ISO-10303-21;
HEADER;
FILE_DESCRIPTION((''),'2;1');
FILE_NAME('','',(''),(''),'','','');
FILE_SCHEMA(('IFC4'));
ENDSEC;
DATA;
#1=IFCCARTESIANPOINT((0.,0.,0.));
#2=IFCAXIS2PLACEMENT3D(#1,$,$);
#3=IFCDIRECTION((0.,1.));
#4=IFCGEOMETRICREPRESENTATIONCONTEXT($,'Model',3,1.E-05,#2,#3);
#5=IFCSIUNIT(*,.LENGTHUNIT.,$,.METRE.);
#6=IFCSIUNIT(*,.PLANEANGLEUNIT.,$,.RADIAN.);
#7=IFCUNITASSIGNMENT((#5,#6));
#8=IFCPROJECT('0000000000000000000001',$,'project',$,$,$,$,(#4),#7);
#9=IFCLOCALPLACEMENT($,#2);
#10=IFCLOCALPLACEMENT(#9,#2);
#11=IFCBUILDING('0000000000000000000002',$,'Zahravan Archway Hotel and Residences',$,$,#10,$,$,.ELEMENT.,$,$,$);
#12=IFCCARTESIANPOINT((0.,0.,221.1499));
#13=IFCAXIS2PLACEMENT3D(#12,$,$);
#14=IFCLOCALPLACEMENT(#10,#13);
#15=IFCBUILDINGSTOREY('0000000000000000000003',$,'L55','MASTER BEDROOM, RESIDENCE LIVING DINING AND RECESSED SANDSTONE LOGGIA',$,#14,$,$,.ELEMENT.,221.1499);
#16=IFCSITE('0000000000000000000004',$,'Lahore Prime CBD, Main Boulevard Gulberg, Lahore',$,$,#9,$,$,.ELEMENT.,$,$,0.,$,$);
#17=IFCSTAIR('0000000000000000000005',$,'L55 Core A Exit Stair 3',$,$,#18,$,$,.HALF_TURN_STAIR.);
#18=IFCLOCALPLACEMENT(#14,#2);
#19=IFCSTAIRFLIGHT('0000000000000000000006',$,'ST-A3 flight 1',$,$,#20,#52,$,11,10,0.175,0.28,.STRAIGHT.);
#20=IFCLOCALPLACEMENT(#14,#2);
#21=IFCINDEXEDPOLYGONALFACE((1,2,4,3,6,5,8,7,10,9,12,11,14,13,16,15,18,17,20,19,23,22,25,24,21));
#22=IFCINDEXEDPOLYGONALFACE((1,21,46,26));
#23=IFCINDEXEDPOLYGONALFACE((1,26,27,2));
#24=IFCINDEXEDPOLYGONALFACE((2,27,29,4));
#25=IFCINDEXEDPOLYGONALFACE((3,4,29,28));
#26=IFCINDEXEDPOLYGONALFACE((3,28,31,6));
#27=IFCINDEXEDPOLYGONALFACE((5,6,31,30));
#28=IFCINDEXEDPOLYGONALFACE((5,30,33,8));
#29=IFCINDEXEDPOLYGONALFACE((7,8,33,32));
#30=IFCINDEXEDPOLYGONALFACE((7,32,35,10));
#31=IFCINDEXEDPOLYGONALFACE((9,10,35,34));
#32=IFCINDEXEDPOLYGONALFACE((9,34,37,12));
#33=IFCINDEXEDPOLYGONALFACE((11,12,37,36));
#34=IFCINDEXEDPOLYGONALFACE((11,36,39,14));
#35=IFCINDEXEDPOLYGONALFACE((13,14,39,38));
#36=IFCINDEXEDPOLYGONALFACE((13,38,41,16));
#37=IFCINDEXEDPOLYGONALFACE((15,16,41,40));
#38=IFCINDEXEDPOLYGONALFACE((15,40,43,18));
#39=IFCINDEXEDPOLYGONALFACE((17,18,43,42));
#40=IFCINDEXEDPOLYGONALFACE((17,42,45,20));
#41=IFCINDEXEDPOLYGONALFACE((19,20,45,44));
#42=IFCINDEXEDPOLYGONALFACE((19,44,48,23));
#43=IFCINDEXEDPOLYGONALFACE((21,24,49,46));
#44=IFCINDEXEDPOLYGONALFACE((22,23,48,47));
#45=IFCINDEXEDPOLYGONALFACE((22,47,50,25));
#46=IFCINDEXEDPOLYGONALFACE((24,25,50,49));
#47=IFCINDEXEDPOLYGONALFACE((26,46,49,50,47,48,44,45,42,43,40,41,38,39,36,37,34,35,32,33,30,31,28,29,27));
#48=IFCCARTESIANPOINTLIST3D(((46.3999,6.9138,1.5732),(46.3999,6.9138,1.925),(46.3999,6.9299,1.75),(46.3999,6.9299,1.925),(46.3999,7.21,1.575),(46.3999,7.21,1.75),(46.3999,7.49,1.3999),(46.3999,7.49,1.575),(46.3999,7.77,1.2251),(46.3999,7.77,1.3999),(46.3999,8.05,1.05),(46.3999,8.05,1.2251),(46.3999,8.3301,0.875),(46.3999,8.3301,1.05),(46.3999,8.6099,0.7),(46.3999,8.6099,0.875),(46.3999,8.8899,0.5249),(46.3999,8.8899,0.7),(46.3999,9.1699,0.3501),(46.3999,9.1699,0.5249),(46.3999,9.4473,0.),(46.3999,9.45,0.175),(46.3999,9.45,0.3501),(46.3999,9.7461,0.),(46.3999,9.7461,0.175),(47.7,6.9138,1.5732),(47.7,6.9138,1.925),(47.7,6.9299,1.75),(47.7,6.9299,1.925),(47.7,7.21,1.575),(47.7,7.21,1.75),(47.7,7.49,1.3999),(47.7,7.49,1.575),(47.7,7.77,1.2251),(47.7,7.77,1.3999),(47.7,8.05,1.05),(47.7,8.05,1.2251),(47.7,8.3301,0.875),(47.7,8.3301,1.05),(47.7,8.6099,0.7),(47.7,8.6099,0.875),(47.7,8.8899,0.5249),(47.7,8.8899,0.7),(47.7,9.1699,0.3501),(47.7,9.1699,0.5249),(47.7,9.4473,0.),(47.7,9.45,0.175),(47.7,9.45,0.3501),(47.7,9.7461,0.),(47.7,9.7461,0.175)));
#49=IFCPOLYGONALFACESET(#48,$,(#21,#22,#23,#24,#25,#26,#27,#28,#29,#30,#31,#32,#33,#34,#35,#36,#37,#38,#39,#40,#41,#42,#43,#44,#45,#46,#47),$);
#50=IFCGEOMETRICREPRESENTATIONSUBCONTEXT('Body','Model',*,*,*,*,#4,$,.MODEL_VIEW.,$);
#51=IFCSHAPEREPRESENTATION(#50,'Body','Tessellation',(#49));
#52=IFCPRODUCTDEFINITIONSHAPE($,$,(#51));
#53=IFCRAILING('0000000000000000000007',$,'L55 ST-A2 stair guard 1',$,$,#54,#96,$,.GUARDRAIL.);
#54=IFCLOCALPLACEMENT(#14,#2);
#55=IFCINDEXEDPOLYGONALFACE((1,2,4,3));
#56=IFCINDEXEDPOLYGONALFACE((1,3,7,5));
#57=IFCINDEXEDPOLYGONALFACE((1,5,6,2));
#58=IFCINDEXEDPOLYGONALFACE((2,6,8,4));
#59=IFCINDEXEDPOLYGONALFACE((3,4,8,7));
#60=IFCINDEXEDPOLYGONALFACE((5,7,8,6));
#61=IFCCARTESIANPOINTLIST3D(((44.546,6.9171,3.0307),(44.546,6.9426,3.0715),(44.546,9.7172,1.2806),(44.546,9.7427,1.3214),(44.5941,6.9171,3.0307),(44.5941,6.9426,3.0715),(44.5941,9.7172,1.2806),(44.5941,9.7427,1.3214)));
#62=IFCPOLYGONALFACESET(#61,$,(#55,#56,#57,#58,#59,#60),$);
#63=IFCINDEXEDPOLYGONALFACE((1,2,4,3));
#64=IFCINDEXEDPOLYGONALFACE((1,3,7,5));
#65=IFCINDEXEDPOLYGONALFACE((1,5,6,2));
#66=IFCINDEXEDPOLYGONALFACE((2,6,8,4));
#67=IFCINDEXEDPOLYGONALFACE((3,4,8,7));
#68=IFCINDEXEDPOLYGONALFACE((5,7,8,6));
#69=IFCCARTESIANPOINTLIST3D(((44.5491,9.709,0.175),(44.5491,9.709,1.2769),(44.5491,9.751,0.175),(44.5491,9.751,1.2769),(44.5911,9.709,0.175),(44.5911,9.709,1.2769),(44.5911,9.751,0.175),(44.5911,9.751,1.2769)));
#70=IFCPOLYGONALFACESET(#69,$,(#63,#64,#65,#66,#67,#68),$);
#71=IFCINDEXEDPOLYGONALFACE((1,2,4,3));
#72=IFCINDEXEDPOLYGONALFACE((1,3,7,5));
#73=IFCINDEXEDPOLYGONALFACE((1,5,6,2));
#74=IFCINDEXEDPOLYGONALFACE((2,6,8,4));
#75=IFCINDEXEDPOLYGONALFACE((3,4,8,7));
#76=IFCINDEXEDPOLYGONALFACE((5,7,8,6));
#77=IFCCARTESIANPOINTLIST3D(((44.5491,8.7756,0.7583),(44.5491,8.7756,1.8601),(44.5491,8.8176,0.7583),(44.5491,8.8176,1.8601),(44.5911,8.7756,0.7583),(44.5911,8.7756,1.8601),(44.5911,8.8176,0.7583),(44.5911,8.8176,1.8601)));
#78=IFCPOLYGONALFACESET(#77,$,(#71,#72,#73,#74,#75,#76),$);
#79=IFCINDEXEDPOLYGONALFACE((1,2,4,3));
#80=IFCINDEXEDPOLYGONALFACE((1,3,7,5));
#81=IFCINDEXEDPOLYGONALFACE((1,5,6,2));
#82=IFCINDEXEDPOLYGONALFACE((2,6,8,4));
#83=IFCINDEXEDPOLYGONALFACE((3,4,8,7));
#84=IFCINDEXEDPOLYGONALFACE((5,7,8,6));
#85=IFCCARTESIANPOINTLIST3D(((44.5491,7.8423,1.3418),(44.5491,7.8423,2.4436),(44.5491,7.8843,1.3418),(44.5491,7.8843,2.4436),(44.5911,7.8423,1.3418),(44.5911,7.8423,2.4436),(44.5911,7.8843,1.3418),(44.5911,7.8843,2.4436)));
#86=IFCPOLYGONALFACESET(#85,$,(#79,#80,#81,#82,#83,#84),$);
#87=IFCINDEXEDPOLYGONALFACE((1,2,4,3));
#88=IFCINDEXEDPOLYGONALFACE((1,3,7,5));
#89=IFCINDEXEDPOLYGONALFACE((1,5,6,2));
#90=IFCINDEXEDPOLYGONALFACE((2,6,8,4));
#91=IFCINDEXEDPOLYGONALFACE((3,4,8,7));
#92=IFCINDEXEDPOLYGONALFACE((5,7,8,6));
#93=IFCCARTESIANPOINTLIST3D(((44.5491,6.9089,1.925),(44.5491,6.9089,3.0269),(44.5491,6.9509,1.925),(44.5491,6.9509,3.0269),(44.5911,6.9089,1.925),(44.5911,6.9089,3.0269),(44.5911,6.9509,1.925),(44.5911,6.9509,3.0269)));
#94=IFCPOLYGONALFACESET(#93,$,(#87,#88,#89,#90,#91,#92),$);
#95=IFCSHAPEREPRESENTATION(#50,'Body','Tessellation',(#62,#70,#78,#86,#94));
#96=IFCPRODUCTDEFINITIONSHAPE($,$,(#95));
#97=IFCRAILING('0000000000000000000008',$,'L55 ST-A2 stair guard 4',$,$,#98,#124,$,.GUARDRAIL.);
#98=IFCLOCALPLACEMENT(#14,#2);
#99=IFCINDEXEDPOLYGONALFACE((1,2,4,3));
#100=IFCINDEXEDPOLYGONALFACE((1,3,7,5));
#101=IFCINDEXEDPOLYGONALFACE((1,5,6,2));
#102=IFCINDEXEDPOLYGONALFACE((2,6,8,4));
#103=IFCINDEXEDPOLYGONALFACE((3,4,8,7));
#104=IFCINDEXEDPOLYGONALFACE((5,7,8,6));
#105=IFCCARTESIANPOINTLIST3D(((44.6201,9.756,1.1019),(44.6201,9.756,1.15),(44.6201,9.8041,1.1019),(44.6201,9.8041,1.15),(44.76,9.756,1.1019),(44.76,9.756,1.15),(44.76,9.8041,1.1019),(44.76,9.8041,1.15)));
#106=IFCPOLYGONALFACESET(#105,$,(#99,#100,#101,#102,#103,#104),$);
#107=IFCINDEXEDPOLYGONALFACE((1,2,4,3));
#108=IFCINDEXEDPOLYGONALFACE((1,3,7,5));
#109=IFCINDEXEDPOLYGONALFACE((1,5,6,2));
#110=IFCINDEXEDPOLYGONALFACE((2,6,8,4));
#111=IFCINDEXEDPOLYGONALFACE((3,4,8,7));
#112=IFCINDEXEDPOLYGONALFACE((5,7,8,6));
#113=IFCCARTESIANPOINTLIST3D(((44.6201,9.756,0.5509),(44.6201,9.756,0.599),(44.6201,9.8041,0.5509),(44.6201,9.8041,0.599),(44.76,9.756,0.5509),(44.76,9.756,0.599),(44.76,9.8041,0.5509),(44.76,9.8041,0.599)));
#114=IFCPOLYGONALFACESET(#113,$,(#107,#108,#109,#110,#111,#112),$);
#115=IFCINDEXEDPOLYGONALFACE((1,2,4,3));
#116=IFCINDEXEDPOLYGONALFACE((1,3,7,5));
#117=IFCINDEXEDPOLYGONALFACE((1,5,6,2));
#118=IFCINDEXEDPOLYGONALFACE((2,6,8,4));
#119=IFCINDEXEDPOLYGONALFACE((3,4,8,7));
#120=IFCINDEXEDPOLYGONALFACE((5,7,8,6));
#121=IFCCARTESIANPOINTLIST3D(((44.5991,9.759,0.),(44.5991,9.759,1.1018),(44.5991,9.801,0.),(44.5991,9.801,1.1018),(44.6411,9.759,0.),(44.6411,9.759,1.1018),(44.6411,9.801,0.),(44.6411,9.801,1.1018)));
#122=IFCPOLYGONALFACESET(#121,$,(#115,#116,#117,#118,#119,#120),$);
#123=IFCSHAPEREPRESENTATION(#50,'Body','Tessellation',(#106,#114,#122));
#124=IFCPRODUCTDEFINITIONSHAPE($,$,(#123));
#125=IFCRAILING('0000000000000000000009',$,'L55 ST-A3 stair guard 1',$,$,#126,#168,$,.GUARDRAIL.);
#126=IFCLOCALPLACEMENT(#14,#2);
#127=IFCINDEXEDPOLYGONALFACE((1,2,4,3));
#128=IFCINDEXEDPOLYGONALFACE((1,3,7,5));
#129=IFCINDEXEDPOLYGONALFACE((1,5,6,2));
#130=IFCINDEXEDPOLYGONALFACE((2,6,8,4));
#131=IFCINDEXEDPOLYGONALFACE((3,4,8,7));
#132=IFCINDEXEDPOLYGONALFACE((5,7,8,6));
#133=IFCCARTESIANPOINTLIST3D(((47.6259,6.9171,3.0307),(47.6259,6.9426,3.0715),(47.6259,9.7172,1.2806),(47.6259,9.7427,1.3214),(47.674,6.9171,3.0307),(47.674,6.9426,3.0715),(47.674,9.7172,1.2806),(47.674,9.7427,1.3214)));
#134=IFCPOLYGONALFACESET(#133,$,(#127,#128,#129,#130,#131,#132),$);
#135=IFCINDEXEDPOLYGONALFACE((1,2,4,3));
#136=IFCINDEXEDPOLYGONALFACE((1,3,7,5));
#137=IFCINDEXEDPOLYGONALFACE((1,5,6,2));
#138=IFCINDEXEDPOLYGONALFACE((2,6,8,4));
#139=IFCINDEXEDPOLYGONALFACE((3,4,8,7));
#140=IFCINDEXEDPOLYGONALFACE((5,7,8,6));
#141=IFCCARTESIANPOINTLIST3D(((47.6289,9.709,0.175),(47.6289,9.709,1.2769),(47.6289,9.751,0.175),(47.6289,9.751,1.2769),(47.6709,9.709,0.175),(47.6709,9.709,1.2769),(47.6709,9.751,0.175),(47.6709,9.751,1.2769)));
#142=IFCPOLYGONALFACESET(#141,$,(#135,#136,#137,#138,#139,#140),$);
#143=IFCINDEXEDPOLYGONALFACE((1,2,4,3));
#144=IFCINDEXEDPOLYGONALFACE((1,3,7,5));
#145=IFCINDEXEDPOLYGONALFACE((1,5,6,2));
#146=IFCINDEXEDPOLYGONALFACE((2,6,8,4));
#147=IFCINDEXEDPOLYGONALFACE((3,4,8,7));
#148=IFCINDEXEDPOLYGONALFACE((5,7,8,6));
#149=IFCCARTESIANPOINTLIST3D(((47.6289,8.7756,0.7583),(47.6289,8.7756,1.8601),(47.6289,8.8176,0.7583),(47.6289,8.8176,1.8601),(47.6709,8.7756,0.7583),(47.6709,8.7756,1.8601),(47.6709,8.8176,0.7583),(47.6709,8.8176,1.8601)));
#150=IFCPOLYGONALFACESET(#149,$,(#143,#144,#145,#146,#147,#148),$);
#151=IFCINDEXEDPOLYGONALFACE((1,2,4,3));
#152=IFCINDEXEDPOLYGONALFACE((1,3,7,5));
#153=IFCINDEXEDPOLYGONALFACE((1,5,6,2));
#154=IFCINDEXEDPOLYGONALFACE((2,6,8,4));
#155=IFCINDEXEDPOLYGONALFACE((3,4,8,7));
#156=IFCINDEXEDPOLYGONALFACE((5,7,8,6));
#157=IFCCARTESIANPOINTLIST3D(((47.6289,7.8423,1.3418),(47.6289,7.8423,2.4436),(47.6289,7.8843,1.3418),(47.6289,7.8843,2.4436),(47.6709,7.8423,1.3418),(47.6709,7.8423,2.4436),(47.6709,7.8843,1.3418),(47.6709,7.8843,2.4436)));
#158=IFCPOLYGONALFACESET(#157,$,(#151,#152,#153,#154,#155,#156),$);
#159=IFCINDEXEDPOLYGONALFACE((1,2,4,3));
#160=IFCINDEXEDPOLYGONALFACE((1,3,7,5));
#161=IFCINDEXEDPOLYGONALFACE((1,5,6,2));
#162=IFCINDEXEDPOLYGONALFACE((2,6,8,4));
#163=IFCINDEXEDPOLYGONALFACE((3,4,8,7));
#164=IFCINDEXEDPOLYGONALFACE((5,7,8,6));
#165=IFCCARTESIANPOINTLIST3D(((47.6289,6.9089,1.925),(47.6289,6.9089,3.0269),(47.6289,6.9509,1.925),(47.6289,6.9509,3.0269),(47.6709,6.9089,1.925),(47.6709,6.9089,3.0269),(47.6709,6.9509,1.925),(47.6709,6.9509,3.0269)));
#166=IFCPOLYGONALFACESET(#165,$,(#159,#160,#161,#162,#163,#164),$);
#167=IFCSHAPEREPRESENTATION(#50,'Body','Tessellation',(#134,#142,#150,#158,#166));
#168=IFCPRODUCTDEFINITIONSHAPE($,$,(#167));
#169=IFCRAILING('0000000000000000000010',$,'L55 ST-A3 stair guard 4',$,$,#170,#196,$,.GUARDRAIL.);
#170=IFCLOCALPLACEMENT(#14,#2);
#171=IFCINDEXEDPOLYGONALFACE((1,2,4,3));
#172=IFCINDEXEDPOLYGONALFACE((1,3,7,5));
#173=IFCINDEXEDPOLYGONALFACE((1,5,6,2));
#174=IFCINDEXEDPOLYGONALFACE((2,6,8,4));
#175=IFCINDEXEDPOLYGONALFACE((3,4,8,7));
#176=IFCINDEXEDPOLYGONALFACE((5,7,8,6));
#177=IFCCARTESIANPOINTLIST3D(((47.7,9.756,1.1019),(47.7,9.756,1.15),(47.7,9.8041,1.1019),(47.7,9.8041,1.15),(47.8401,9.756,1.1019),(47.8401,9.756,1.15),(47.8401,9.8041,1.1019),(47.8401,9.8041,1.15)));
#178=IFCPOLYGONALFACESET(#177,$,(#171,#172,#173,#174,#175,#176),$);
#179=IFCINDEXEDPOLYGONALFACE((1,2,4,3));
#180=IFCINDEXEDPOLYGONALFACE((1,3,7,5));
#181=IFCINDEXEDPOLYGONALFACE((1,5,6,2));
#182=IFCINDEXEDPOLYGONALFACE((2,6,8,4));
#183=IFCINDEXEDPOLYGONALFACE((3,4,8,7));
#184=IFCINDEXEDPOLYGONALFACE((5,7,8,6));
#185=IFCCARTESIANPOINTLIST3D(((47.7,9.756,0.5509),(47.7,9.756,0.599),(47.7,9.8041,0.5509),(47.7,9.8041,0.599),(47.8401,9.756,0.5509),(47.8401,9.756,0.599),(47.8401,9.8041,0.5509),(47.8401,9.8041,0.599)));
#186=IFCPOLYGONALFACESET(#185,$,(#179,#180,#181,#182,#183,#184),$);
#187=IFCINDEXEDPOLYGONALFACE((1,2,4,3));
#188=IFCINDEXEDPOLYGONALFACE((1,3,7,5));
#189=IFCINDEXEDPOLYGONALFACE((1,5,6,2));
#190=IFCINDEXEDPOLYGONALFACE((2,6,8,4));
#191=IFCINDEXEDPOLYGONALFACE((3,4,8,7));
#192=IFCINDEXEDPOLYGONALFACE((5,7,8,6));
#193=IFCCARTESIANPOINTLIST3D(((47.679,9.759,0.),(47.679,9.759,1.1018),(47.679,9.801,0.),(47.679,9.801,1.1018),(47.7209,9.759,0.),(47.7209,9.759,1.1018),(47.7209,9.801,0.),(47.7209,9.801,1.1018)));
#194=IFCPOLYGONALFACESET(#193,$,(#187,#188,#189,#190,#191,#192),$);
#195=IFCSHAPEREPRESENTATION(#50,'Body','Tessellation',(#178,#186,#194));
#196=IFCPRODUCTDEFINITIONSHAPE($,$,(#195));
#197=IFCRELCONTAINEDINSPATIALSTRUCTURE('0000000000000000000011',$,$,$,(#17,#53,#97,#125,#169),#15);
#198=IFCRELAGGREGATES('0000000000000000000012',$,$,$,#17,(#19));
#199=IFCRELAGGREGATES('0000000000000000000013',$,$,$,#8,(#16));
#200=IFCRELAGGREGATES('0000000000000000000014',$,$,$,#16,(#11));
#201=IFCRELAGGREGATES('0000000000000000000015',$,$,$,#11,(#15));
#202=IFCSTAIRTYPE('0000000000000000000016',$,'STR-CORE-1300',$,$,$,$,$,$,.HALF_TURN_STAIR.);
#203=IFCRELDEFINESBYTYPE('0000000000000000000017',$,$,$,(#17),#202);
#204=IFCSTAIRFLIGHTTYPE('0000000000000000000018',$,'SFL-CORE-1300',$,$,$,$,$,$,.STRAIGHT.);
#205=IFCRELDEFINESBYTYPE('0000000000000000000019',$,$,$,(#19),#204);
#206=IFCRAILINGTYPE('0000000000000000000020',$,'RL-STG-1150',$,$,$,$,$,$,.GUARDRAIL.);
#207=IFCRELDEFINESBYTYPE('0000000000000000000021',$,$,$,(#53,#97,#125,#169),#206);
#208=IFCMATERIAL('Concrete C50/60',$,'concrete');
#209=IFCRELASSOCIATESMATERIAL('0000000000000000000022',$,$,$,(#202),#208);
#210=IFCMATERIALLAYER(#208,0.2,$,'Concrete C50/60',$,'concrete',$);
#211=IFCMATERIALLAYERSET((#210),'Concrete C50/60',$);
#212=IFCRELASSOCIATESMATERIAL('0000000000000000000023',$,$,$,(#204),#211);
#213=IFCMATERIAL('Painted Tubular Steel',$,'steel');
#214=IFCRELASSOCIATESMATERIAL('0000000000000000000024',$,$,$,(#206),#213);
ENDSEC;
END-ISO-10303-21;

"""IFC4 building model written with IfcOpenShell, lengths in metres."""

from ifc_helpers import new_model, si_unit, direction, frame, origin, origin_2d, place, context, subcontext, project, spatial, polyline, rectangle, outline, extrude, source, transform, mapped, material, layer, layer_set, type_object, element, aggregate, save


model = new_model("IFC4")

# Units and contexts
model_context = context("Model", 3, precision=1e-05, world=origin(), true_north=direction((0.0, 1.0)))
body_context = subcontext(model_context, "Body", "Model", "MODEL_VIEW")
ifc_project = project(units=[si_unit("LENGTHUNIT", "METRE"), si_unit("PLANEANGLEUNIT", "RADIAN")], contexts=[model_context])

# Site, building, storey
site_placement = place(None, origin())
site = spatial("IfcSite", under=ifc_project, at=site_placement, Name="Lahore Prime CBD, Main Boulevard Gulberg, Lahore", CompositionType="ELEMENT", RefElevation=0.0)
building_placement = place(site_placement, origin())
building = spatial("IfcBuilding", under=site, at=building_placement, Name="Zahravan Archway Hotel and Residences", CompositionType="ELEMENT")
storey_placement = place(building_placement, frame((0.0, 0.0, 221.1499)))
storey = spatial("IfcBuildingStorey", under=building, at=storey_placement, Name="L55", Description="MASTER BEDROOM, RESIDENCE LIVING DINING AND RECESSED SANDSTONE LOGGIA", CompositionType="ELEMENT", Elevation=221.1499)

# Shared definitions
ifc_material_1 = material(Name="Concrete C50/60", Category="concrete")

# Stair, stair flight
stair_type = type_object("IfcStairType", Name="STR-CORE-1300", PredefinedType="HALF_TURN_STAIR", material=ifc_material_1)
ifc_layer_1 = layer(ifc_material_1, 0.2, Name="Concrete C50/60", Category="concrete")
ifc_layer_set_1 = layer_set([ifc_layer_1], Name="Concrete C50/60")
stair_flight_type = type_object("IfcStairFlightType", Name="SFL-CORE-1300", PredefinedType="STRAIGHT", material=ifc_layer_set_1)
shared_shape_1 = source(origin(), body_context, "Body", "SweptSolid", [
    extrude(outline(polyline([(-0.0161, 0.0), (-0.0161, 0.175), (0.28, 0.175), (0.28, 0.3501), (0.5601, 0.3501), (0.5601, 0.5249), (0.8401, 0.5249), (0.8401, 0.7), (1.1201, 0.7), (1.1201, 0.875), (1.3999, 0.875), (1.3999, 1.05), (1.6799, 1.05), (1.6799, 1.2251), (1.96, 1.2251), (1.96, 1.3999), (2.24, 1.3999), (2.24, 1.575), (2.52, 1.575), (2.52, 1.75), (2.8, 1.75), (2.8, 1.925), (2.8162, 1.925), (2.8162, 1.5732), (0.2827, 0.0), (-0.0161, 0.0)])), frame((0.0, 0.6499, 0.0), z_axis=(0.0, -1.0, 0.0), x_axis=(1.0, 0.0, 0.0)), (0.0, 0.0, 1.0), 1.3),
])
stair_1_placement = place(storey_placement, origin())
stair_1 = element("IfcStair", 1, at=stair_1_placement, inside=storey, type_object=stair_type, Name="L55 Core A Exit Stair 3", PredefinedType="HALF_TURN_STAIR")
stair_flight_1_placement = place(storey_placement, frame((47.05, 9.73, 0.0), z_axis=(0.0, 0.0, 1.0), x_axis=(0.0, -1.0, 0.0)))
stair_flight_1 = element("IfcStairFlight", 2, at=stair_flight_1_placement, type_object=stair_flight_type, Name="ST-A3 flight 1", NumberOfRisers=11, NumberOfTreads=10, PredefinedType="STRAIGHT", RiserHeight=0.175, TreadLength=0.28, context=body_context, shape_type="MappedRepresentation", body=[
    mapped(shared_shape_1, transform((0.0, 0.0, 0.0), scale=1.0)),
])
aggregate(stair_1, [stair_flight_1])

# Railings
ifc_material_2 = material(Name="Painted Tubular Steel", Category="steel")
railing_type_1 = type_object("IfcRailingType", Name="RL-STG-1150", PredefinedType="GUARDRAIL", material=ifc_material_2)
railing_1_placement = place(storey_placement, frame((44.5701, 9.73, 0.175)))
element("IfcRailing", 3, at=railing_1_placement, inside=storey, type_object=railing_type_1, Name="L55 ST-A2 stair guard 1", PredefinedType="GUARDRAIL", context=body_context, shape_type="SweptSolid", body=[
    extrude(rectangle(XDim=0.0481, YDim=0.0481, at=origin_2d()), frame((0.0, 0.0, 1.126), z_axis=(0.0, -0.848002, 0.529992), x_axis=(1.0, 0.0, 0.0)), (0.0, 0.0, 1.0), 3.302),
    extrude(rectangle(XDim=0.042, YDim=0.042, at=origin_2d()), origin(), (0.0, 0.0, 1.0), 1.1018),
    extrude(rectangle(XDim=0.042, YDim=0.042, at=origin_2d()), frame((0.0, -0.9333, 0.5833)), (0.0, 0.0, 1.0), 1.1018),
    extrude(rectangle(XDim=0.042, YDim=0.042, at=origin_2d()), frame((0.0, -1.8667, 1.1667)), (0.0, 0.0, 1.0), 1.1018),
    extrude(rectangle(XDim=0.042, YDim=0.042, at=origin_2d()), frame((0.0, -2.8, 1.75)), (0.0, 0.0, 1.0), 1.1018),
])
railing_2_placement = place(storey_placement, frame((44.6201, 9.78, 0.0)))
element("IfcRailing", 4, at=railing_2_placement, inside=storey, type_object=railing_type_1, Name="L55 ST-A2 stair guard 4", PredefinedType="GUARDRAIL", context=body_context, shape_type="SweptSolid", body=[
    extrude(rectangle(XDim=0.0481, YDim=0.0481, at=origin_2d()), frame((0.0, 0.0, 1.126), z_axis=(1.0, 0.0, 0.0), x_axis=(0.0, 1.0, 0.0)), (0.0, 0.0, 1.0), 0.1399),
    extrude(rectangle(XDim=0.0481, YDim=0.0481, at=origin_2d()), frame((0.0, 0.0, 0.575), z_axis=(1.0, 0.0, 0.0), x_axis=(0.0, 1.0, 0.0)), (0.0, 0.0, 1.0), 0.1399),
    extrude(rectangle(XDim=0.042, YDim=0.042, at=origin_2d()), origin(), (0.0, 0.0, 1.0), 1.1018),
])
railing_3_placement = place(storey_placement, frame((47.6499, 9.73, 0.175)))
element("IfcRailing", 5, at=railing_3_placement, inside=storey, type_object=railing_type_1, Name="L55 ST-A3 stair guard 1", PredefinedType="GUARDRAIL", context=body_context, shape_type="SweptSolid", body=[
    extrude(rectangle(XDim=0.0481, YDim=0.0481, at=origin_2d()), frame((0.0, 0.0, 1.126), z_axis=(0.0, -0.848002, 0.529992), x_axis=(1.0, 0.0, 0.0)), (0.0, 0.0, 1.0), 3.302),
    extrude(rectangle(XDim=0.042, YDim=0.042, at=origin_2d()), origin(), (0.0, 0.0, 1.0), 1.1018),
    extrude(rectangle(XDim=0.042, YDim=0.042, at=origin_2d()), frame((0.0, -0.9333, 0.5833)), (0.0, 0.0, 1.0), 1.1018),
    extrude(rectangle(XDim=0.042, YDim=0.042, at=origin_2d()), frame((0.0, -1.8667, 1.1667)), (0.0, 0.0, 1.0), 1.1018),
    extrude(rectangle(XDim=0.042, YDim=0.042, at=origin_2d()), frame((0.0, -2.8, 1.75)), (0.0, 0.0, 1.0), 1.1018),
])
railing_4_placement = place(storey_placement, frame((47.7, 9.78, 0.0)))
element("IfcRailing", 6, at=railing_4_placement, inside=storey, type_object=railing_type_1, Name="L55 ST-A3 stair guard 4", PredefinedType="GUARDRAIL", context=body_context, shape_type="SweptSolid", body=[
    extrude(rectangle(XDim=0.0481, YDim=0.0481, at=origin_2d()), frame((0.0, 0.0, 1.126), z_axis=(1.0, 0.0, 0.0), x_axis=(0.0, 1.0, 0.0)), (0.0, 0.0, 1.0), 0.1401),
    extrude(rectangle(XDim=0.0481, YDim=0.0481, at=origin_2d()), frame((0.0, 0.0, 0.575), z_axis=(1.0, 0.0, 0.0), x_axis=(0.0, 1.0, 0.0)), (0.0, 0.0, 1.0), 0.1401),
    extrude(rectangle(XDim=0.042, YDim=0.042, at=origin_2d()), origin(), (0.0, 0.0, 1.0), 1.1018),
])

save(model, "model.ifc")
